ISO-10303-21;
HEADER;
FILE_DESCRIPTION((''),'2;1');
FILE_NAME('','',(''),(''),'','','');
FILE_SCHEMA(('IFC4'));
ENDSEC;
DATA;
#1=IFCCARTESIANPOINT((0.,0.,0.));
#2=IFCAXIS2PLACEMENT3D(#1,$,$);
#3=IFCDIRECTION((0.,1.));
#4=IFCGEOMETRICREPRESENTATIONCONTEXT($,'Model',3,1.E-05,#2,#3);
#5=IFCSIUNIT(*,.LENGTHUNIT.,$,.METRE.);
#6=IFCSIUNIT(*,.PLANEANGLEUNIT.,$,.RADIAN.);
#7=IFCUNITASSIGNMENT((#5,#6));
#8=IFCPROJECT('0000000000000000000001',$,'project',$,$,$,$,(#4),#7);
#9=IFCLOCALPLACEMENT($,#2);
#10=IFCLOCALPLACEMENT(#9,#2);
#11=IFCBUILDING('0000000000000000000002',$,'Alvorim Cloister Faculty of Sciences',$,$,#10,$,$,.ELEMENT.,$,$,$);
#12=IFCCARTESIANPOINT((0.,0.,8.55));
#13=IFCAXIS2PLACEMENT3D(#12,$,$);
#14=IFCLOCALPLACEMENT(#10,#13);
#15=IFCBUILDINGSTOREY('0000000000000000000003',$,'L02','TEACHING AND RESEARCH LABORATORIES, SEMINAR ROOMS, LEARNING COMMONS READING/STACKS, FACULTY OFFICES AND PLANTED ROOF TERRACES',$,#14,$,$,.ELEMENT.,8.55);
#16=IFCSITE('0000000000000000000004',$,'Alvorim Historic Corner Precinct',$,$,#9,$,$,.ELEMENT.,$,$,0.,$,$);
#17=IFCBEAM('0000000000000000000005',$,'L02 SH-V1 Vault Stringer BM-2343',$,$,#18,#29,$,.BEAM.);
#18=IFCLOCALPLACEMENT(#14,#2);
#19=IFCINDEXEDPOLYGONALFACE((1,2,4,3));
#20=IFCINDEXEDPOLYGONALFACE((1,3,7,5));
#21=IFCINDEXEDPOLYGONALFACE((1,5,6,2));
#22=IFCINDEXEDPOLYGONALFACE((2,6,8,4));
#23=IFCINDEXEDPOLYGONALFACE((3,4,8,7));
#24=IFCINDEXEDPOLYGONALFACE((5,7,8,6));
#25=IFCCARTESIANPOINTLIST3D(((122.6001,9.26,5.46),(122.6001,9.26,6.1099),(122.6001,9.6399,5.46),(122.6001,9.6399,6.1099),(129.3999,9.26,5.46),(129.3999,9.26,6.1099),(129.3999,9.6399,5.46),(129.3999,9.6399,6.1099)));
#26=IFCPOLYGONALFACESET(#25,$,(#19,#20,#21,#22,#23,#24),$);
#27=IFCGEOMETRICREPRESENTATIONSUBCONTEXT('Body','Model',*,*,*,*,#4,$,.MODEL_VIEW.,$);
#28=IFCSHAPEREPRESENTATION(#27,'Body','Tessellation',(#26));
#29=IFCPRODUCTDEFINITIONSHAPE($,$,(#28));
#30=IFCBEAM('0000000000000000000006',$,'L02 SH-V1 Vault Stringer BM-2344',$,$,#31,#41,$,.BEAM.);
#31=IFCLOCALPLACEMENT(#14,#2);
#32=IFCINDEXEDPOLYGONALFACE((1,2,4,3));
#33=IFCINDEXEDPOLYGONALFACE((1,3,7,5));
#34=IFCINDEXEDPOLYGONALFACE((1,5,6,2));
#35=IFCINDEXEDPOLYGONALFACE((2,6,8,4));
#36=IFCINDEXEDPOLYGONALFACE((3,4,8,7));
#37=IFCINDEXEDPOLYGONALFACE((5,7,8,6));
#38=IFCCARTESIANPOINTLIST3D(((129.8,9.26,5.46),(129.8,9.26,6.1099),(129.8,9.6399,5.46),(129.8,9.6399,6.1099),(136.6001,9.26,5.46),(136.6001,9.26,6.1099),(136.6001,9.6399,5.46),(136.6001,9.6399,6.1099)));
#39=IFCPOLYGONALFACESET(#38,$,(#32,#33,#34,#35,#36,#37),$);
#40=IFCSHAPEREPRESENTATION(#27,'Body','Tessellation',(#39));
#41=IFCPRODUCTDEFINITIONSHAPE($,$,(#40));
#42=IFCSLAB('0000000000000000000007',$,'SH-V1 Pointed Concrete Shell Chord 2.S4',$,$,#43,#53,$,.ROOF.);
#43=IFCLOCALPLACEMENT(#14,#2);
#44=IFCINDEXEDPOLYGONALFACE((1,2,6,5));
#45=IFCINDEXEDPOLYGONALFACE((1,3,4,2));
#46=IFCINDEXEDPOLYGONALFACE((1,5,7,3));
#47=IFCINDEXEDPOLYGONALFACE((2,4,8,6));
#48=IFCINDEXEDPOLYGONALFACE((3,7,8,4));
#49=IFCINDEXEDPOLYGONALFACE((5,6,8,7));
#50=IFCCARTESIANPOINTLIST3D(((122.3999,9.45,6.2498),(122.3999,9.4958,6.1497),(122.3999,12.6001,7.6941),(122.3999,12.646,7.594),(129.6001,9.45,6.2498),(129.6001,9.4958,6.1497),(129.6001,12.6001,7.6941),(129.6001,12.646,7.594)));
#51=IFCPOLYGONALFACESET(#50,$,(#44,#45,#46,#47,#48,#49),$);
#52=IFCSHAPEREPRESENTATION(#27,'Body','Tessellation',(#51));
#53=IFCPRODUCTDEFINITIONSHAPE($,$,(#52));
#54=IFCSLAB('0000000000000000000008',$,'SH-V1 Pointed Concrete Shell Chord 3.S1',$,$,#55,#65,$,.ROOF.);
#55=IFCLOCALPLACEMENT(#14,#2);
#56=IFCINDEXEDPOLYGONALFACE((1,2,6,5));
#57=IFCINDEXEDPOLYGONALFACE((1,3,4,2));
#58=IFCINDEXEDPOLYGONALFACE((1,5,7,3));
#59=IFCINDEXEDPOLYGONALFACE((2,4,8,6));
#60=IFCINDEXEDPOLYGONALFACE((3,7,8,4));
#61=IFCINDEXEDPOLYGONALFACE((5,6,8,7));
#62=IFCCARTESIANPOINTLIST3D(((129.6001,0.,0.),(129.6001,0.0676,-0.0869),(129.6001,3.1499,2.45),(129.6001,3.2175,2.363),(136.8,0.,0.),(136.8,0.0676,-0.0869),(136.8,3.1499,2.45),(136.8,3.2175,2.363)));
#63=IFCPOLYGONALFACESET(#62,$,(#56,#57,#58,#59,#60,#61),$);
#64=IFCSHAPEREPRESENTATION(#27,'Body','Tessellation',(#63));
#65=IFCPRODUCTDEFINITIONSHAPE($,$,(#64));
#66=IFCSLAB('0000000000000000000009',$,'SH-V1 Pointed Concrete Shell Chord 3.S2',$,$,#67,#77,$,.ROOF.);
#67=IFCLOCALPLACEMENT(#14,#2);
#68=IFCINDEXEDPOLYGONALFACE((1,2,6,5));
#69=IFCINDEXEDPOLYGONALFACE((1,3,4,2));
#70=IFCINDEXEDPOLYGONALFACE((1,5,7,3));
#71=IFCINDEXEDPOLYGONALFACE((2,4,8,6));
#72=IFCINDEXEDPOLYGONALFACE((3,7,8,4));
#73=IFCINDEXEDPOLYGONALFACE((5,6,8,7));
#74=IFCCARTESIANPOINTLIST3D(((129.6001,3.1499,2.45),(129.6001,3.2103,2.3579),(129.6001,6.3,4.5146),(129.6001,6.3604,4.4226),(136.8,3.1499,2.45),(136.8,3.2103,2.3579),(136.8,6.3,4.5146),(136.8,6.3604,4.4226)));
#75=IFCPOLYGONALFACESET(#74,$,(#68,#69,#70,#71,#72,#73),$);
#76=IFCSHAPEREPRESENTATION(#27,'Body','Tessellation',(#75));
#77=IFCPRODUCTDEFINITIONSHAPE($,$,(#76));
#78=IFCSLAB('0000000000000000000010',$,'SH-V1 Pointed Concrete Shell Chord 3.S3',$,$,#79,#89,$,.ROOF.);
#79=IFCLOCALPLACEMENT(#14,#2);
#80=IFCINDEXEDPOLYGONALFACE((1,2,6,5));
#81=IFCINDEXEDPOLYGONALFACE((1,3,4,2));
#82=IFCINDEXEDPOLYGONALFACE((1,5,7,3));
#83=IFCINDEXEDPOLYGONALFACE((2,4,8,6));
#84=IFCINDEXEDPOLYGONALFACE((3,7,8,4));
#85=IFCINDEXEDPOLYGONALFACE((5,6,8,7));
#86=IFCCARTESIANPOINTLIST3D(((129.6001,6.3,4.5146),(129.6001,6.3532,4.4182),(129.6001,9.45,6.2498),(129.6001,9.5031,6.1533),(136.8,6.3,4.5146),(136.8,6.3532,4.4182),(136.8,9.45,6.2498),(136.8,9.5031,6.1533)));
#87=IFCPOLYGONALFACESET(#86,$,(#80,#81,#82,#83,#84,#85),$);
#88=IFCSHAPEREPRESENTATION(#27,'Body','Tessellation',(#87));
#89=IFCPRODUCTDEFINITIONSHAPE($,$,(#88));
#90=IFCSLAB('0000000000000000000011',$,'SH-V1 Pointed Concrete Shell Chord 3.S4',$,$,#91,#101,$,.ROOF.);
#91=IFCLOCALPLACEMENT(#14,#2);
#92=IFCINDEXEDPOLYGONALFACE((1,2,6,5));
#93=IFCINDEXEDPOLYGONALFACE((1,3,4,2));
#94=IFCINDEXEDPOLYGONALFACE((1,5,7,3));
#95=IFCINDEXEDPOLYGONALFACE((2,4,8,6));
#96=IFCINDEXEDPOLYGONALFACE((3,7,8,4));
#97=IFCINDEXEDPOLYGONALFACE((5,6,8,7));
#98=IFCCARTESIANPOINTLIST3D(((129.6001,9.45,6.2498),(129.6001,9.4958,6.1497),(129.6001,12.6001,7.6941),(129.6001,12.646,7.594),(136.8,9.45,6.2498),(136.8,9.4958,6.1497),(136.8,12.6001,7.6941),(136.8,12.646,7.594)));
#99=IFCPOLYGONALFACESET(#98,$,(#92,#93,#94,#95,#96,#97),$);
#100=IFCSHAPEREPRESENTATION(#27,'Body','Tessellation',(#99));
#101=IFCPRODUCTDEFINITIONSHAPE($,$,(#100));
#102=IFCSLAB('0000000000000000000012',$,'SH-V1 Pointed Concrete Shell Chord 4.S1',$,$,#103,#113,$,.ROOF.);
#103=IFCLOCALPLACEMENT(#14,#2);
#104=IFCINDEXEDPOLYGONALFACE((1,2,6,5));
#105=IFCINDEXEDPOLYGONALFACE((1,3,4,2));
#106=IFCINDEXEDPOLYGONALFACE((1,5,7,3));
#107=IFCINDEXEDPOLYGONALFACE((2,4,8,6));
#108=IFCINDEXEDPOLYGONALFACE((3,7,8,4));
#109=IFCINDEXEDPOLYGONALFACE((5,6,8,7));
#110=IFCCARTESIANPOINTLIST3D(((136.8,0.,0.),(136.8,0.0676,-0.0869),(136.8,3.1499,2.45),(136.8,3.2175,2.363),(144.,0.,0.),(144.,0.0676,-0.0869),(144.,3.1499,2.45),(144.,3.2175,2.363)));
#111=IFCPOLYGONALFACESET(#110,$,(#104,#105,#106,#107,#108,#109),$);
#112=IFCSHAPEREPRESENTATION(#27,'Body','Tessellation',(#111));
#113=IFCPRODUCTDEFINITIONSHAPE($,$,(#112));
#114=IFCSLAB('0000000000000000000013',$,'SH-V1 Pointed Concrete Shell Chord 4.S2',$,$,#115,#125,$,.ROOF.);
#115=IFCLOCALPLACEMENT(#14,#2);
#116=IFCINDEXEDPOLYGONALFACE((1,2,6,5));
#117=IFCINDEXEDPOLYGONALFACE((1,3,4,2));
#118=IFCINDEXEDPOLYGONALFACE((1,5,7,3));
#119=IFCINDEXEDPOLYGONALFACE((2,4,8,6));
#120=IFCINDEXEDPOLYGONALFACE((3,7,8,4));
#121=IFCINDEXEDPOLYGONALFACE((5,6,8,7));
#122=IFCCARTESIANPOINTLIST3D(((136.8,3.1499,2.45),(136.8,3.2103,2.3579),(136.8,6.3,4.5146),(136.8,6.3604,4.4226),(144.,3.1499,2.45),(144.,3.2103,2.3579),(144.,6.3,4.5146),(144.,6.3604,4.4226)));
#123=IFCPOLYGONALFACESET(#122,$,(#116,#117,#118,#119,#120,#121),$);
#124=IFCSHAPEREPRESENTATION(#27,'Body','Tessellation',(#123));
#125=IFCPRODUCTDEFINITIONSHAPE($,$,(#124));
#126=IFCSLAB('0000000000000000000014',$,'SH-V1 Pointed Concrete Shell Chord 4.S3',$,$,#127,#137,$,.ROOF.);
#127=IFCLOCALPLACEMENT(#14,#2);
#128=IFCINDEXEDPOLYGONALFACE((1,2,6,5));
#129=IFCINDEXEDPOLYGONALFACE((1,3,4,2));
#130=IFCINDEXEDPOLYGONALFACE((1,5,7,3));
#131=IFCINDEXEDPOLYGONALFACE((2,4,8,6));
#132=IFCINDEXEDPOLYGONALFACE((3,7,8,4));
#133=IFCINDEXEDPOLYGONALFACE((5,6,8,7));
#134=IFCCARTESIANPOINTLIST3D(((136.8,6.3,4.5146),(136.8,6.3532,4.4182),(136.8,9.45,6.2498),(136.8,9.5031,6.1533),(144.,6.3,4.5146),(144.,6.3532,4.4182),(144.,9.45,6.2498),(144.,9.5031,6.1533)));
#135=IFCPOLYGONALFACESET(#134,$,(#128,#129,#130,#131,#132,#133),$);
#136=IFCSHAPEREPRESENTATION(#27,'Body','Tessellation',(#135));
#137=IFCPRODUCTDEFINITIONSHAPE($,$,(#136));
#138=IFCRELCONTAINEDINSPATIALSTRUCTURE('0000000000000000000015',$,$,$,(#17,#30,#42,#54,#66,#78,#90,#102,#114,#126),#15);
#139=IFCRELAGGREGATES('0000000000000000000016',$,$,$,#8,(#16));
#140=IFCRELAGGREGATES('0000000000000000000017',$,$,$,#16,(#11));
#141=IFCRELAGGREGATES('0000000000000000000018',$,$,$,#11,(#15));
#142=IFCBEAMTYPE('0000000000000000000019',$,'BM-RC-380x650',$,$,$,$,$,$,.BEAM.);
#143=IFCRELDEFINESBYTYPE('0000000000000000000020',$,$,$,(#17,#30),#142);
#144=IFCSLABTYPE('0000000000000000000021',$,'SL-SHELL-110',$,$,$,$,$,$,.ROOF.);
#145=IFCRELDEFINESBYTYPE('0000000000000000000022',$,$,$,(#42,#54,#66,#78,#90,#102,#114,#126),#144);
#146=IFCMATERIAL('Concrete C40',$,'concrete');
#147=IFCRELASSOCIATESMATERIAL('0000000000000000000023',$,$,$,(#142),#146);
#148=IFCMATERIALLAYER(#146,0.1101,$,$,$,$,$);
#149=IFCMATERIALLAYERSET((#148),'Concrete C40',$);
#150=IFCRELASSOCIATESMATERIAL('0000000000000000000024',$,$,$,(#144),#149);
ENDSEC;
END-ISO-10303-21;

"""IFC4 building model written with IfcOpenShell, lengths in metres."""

from ifc_helpers import new_model, si_unit, direction, frame, origin, origin_2d, place, context, subcontext, project, spatial, polyline, rectangle, outline, extrude, material, layer, layer_set, material_profile, profile_set, type_object, element, save


model = new_model("IFC4")

# Units and contexts
model_context = context("Model", 3, precision=1e-05, world=origin(), true_north=direction((0.0, 1.0)))
body_context = subcontext(model_context, "Body", "Model", "MODEL_VIEW")
ifc_project = project(units=[si_unit("LENGTHUNIT", "METRE"), si_unit("PLANEANGLEUNIT", "RADIAN")], contexts=[model_context])

# Site, building, storey
site_placement = place(None, origin())
site = spatial("IfcSite", under=ifc_project, at=site_placement, Name="Alvorim Historic Corner Precinct", CompositionType="ELEMENT", RefElevation=0.0)
building_placement = place(site_placement, origin())
building = spatial("IfcBuilding", under=site, at=building_placement, Name="Alvorim Cloister Faculty of Sciences", CompositionType="ELEMENT")
storey_placement = place(building_placement, frame((0.0, 0.0, 8.55)))
storey = spatial("IfcBuildingStorey", under=building, at=storey_placement, Name="L02", Description="TEACHING AND RESEARCH LABORATORIES, SEMINAR ROOMS, LEARNING COMMONS READING/STACKS, FACULTY OFFICES AND PLANTED ROOF TERRACES", CompositionType="ELEMENT", Elevation=8.55)

# Beams
ifc_material = material(Name="Concrete C40", Category="concrete")
ifc_material_profile_1 = material_profile(ifc_material, rectangle(XDim=0.3799, YDim=0.6499, at=origin_2d()), Name="RC40-BM-380x650")
ifc_profile_set_1 = profile_set([ifc_material_profile_1], Name="Concrete C40")
beam_type_1 = type_object("IfcBeamType", Name="BM-RC-380x650", PredefinedType="BEAM", material=ifc_profile_set_1)
beam_1_placement = place(storey_placement, frame((122.6001, 9.45, 5.7849), z_axis=(1.0, 0.0, 0.0), x_axis=(0.0, 1.0, 0.0)))
element("IfcBeam", 1, at=beam_1_placement, inside=storey, type_object=beam_type_1, Name="L02 SH-V1 Vault Stringer BM-2343", PredefinedType="BEAM", context=body_context, shape_type="SweptSolid", body=[
    extrude(rectangle(XDim=0.3799, YDim=0.6499, at=origin_2d()), origin(), (0.0, 0.0, 1.0), 6.7998),
])
beam_2_placement = place(storey_placement, frame((129.8, 9.45, 5.7849), z_axis=(1.0, 0.0, 0.0), x_axis=(0.0, 1.0, 0.0)))
element("IfcBeam", 2, at=beam_2_placement, inside=storey, type_object=beam_type_1, Name="L02 SH-V1 Vault Stringer BM-2344", PredefinedType="BEAM", context=body_context, shape_type="SweptSolid", body=[
    extrude(rectangle(XDim=0.3799, YDim=0.6499, at=origin_2d()), origin(), (0.0, 0.0, 1.0), 6.8),
])

# Slabs
ifc_layer = layer(ifc_material, 0.1101)
ifc_layer_set = layer_set([ifc_layer], Name="Concrete C40")
slab_type = type_object("IfcSlabType", Name="SL-SHELL-110", PredefinedType="ROOF", material=ifc_layer_set)
slab_1_placement = place(storey_placement, frame((122.3999, 9.45, 6.2498), z_axis=(0.0, -0.416778, 0.909008), x_axis=(1.0, 0.0, 0.0)))
element("IfcSlab", 3, at=slab_1_placement, inside=storey, type_object=slab_type, Name="SH-V1 Pointed Concrete Shell Chord 2.S4", PredefinedType="ROOF", context=body_context, shape_type="SweptSolid", body=[
    extrude(outline(polyline([(0.0, 0.0), (7.2002, 0.0), (7.2002, 3.4655), (0.0, 3.4655), (0.0, 0.0)])), origin(), (0.0, 0.0, -1.0), 0.1101),
])
slab_2_placement = place(storey_placement, frame((129.6001, 0.0, 0.0), z_axis=(0.0, -0.613945, 0.789349), x_axis=(1.0, 0.0, 0.0)))
element("IfcSlab", 4, at=slab_2_placement, inside=storey, type_object=slab_type, Name="SH-V1 Pointed Concrete Shell Chord 3.S1", PredefinedType="ROOF", context=body_context, shape_type="SweptSolid", body=[
    extrude(outline(polyline([(0.0, 0.0), (7.2, 0.0), (7.2, 3.9905), (0.0, 3.9905), (0.0, 0.0)])), origin(), (0.0, 0.0, -1.0), 0.1101),
])
slab_3_placement = place(storey_placement, frame((129.6001, 3.1499, 2.45), z_axis=(0.0, -0.548176, 0.836363), x_axis=(1.0, 0.0, 0.0)))
element("IfcSlab", 5, at=slab_3_placement, inside=storey, type_object=slab_type, Name="SH-V1 Pointed Concrete Shell Chord 3.S2", PredefinedType="ROOF", context=body_context, shape_type="SweptSolid", body=[
    extrude(outline(polyline([(0.0, 0.0), (7.2, 0.0), (7.2, 3.7665), (0.0, 3.7665), (0.0, 0.0)])), origin(), (0.0, 0.0, -1.0), 0.1101),
])
slab_4_placement = place(storey_placement, frame((129.6001, 6.3, 4.5146), z_axis=(0.0, -0.482487, 0.875903), x_axis=(1.0, 0.0, 0.0)))
element("IfcSlab", 6, at=slab_4_placement, inside=storey, type_object=slab_type, Name="SH-V1 Pointed Concrete Shell Chord 3.S3", PredefinedType="ROOF", context=body_context, shape_type="SweptSolid", body=[
    extrude(outline(polyline([(0.0, 0.0), (7.2, 0.0), (7.2, 3.5962), (0.0, 3.5962), (0.0, 0.0)])), origin(), (0.0, 0.0, -1.0), 0.1101),
])
slab_5_placement = place(storey_placement, frame((129.6001, 9.45, 6.2498), z_axis=(0.0, -0.416778, 0.909008), x_axis=(1.0, 0.0, 0.0)))
element("IfcSlab", 7, at=slab_5_placement, inside=storey, type_object=slab_type, Name="SH-V1 Pointed Concrete Shell Chord 3.S4", PredefinedType="ROOF", context=body_context, shape_type="SweptSolid", body=[
    extrude(outline(polyline([(0.0, 0.0), (7.2, 0.0), (7.2, 3.4655), (0.0, 3.4655), (0.0, 0.0)])), origin(), (0.0, 0.0, -1.0), 0.1101),
])
slab_6_placement = place(storey_placement, frame((136.8, 0.0, 0.0), z_axis=(0.0, -0.613945, 0.789349), x_axis=(1.0, 0.0, 0.0)))
element("IfcSlab", 8, at=slab_6_placement, inside=storey, type_object=slab_type, Name="SH-V1 Pointed Concrete Shell Chord 4.S1", PredefinedType="ROOF", context=body_context, shape_type="SweptSolid", body=[
    extrude(outline(polyline([(0.0, 0.0), (7.2, 0.0), (7.2, 3.9905), (0.0, 3.9905), (0.0, 0.0)])), origin(), (0.0, 0.0, -1.0), 0.1101),
])
slab_7_placement = place(storey_placement, frame((136.8, 3.1499, 2.45), z_axis=(0.0, -0.548176, 0.836363), x_axis=(1.0, 0.0, 0.0)))
element("IfcSlab", 9, at=slab_7_placement, inside=storey, type_object=slab_type, Name="SH-V1 Pointed Concrete Shell Chord 4.S2", PredefinedType="ROOF", context=body_context, shape_type="SweptSolid", body=[
    extrude(outline(polyline([(0.0, 0.0), (7.2, 0.0), (7.2, 3.7665), (0.0, 3.7665), (0.0, 0.0)])), origin(), (0.0, 0.0, -1.0), 0.1101),
])
slab_8_placement = place(storey_placement, frame((136.8, 6.3, 4.5146), z_axis=(0.0, -0.482487, 0.875903), x_axis=(1.0, 0.0, 0.0)))
element("IfcSlab", 10, at=slab_8_placement, inside=storey, type_object=slab_type, Name="SH-V1 Pointed Concrete Shell Chord 4.S3", PredefinedType="ROOF", context=body_context, shape_type="SweptSolid", body=[
    extrude(outline(polyline([(0.0, 0.0), (7.2, 0.0), (7.2, 3.5962), (0.0, 3.5962), (0.0, 0.0)])), origin(), (0.0, 0.0, -1.0), 0.1101),
])

save(model, "model.ifc")
